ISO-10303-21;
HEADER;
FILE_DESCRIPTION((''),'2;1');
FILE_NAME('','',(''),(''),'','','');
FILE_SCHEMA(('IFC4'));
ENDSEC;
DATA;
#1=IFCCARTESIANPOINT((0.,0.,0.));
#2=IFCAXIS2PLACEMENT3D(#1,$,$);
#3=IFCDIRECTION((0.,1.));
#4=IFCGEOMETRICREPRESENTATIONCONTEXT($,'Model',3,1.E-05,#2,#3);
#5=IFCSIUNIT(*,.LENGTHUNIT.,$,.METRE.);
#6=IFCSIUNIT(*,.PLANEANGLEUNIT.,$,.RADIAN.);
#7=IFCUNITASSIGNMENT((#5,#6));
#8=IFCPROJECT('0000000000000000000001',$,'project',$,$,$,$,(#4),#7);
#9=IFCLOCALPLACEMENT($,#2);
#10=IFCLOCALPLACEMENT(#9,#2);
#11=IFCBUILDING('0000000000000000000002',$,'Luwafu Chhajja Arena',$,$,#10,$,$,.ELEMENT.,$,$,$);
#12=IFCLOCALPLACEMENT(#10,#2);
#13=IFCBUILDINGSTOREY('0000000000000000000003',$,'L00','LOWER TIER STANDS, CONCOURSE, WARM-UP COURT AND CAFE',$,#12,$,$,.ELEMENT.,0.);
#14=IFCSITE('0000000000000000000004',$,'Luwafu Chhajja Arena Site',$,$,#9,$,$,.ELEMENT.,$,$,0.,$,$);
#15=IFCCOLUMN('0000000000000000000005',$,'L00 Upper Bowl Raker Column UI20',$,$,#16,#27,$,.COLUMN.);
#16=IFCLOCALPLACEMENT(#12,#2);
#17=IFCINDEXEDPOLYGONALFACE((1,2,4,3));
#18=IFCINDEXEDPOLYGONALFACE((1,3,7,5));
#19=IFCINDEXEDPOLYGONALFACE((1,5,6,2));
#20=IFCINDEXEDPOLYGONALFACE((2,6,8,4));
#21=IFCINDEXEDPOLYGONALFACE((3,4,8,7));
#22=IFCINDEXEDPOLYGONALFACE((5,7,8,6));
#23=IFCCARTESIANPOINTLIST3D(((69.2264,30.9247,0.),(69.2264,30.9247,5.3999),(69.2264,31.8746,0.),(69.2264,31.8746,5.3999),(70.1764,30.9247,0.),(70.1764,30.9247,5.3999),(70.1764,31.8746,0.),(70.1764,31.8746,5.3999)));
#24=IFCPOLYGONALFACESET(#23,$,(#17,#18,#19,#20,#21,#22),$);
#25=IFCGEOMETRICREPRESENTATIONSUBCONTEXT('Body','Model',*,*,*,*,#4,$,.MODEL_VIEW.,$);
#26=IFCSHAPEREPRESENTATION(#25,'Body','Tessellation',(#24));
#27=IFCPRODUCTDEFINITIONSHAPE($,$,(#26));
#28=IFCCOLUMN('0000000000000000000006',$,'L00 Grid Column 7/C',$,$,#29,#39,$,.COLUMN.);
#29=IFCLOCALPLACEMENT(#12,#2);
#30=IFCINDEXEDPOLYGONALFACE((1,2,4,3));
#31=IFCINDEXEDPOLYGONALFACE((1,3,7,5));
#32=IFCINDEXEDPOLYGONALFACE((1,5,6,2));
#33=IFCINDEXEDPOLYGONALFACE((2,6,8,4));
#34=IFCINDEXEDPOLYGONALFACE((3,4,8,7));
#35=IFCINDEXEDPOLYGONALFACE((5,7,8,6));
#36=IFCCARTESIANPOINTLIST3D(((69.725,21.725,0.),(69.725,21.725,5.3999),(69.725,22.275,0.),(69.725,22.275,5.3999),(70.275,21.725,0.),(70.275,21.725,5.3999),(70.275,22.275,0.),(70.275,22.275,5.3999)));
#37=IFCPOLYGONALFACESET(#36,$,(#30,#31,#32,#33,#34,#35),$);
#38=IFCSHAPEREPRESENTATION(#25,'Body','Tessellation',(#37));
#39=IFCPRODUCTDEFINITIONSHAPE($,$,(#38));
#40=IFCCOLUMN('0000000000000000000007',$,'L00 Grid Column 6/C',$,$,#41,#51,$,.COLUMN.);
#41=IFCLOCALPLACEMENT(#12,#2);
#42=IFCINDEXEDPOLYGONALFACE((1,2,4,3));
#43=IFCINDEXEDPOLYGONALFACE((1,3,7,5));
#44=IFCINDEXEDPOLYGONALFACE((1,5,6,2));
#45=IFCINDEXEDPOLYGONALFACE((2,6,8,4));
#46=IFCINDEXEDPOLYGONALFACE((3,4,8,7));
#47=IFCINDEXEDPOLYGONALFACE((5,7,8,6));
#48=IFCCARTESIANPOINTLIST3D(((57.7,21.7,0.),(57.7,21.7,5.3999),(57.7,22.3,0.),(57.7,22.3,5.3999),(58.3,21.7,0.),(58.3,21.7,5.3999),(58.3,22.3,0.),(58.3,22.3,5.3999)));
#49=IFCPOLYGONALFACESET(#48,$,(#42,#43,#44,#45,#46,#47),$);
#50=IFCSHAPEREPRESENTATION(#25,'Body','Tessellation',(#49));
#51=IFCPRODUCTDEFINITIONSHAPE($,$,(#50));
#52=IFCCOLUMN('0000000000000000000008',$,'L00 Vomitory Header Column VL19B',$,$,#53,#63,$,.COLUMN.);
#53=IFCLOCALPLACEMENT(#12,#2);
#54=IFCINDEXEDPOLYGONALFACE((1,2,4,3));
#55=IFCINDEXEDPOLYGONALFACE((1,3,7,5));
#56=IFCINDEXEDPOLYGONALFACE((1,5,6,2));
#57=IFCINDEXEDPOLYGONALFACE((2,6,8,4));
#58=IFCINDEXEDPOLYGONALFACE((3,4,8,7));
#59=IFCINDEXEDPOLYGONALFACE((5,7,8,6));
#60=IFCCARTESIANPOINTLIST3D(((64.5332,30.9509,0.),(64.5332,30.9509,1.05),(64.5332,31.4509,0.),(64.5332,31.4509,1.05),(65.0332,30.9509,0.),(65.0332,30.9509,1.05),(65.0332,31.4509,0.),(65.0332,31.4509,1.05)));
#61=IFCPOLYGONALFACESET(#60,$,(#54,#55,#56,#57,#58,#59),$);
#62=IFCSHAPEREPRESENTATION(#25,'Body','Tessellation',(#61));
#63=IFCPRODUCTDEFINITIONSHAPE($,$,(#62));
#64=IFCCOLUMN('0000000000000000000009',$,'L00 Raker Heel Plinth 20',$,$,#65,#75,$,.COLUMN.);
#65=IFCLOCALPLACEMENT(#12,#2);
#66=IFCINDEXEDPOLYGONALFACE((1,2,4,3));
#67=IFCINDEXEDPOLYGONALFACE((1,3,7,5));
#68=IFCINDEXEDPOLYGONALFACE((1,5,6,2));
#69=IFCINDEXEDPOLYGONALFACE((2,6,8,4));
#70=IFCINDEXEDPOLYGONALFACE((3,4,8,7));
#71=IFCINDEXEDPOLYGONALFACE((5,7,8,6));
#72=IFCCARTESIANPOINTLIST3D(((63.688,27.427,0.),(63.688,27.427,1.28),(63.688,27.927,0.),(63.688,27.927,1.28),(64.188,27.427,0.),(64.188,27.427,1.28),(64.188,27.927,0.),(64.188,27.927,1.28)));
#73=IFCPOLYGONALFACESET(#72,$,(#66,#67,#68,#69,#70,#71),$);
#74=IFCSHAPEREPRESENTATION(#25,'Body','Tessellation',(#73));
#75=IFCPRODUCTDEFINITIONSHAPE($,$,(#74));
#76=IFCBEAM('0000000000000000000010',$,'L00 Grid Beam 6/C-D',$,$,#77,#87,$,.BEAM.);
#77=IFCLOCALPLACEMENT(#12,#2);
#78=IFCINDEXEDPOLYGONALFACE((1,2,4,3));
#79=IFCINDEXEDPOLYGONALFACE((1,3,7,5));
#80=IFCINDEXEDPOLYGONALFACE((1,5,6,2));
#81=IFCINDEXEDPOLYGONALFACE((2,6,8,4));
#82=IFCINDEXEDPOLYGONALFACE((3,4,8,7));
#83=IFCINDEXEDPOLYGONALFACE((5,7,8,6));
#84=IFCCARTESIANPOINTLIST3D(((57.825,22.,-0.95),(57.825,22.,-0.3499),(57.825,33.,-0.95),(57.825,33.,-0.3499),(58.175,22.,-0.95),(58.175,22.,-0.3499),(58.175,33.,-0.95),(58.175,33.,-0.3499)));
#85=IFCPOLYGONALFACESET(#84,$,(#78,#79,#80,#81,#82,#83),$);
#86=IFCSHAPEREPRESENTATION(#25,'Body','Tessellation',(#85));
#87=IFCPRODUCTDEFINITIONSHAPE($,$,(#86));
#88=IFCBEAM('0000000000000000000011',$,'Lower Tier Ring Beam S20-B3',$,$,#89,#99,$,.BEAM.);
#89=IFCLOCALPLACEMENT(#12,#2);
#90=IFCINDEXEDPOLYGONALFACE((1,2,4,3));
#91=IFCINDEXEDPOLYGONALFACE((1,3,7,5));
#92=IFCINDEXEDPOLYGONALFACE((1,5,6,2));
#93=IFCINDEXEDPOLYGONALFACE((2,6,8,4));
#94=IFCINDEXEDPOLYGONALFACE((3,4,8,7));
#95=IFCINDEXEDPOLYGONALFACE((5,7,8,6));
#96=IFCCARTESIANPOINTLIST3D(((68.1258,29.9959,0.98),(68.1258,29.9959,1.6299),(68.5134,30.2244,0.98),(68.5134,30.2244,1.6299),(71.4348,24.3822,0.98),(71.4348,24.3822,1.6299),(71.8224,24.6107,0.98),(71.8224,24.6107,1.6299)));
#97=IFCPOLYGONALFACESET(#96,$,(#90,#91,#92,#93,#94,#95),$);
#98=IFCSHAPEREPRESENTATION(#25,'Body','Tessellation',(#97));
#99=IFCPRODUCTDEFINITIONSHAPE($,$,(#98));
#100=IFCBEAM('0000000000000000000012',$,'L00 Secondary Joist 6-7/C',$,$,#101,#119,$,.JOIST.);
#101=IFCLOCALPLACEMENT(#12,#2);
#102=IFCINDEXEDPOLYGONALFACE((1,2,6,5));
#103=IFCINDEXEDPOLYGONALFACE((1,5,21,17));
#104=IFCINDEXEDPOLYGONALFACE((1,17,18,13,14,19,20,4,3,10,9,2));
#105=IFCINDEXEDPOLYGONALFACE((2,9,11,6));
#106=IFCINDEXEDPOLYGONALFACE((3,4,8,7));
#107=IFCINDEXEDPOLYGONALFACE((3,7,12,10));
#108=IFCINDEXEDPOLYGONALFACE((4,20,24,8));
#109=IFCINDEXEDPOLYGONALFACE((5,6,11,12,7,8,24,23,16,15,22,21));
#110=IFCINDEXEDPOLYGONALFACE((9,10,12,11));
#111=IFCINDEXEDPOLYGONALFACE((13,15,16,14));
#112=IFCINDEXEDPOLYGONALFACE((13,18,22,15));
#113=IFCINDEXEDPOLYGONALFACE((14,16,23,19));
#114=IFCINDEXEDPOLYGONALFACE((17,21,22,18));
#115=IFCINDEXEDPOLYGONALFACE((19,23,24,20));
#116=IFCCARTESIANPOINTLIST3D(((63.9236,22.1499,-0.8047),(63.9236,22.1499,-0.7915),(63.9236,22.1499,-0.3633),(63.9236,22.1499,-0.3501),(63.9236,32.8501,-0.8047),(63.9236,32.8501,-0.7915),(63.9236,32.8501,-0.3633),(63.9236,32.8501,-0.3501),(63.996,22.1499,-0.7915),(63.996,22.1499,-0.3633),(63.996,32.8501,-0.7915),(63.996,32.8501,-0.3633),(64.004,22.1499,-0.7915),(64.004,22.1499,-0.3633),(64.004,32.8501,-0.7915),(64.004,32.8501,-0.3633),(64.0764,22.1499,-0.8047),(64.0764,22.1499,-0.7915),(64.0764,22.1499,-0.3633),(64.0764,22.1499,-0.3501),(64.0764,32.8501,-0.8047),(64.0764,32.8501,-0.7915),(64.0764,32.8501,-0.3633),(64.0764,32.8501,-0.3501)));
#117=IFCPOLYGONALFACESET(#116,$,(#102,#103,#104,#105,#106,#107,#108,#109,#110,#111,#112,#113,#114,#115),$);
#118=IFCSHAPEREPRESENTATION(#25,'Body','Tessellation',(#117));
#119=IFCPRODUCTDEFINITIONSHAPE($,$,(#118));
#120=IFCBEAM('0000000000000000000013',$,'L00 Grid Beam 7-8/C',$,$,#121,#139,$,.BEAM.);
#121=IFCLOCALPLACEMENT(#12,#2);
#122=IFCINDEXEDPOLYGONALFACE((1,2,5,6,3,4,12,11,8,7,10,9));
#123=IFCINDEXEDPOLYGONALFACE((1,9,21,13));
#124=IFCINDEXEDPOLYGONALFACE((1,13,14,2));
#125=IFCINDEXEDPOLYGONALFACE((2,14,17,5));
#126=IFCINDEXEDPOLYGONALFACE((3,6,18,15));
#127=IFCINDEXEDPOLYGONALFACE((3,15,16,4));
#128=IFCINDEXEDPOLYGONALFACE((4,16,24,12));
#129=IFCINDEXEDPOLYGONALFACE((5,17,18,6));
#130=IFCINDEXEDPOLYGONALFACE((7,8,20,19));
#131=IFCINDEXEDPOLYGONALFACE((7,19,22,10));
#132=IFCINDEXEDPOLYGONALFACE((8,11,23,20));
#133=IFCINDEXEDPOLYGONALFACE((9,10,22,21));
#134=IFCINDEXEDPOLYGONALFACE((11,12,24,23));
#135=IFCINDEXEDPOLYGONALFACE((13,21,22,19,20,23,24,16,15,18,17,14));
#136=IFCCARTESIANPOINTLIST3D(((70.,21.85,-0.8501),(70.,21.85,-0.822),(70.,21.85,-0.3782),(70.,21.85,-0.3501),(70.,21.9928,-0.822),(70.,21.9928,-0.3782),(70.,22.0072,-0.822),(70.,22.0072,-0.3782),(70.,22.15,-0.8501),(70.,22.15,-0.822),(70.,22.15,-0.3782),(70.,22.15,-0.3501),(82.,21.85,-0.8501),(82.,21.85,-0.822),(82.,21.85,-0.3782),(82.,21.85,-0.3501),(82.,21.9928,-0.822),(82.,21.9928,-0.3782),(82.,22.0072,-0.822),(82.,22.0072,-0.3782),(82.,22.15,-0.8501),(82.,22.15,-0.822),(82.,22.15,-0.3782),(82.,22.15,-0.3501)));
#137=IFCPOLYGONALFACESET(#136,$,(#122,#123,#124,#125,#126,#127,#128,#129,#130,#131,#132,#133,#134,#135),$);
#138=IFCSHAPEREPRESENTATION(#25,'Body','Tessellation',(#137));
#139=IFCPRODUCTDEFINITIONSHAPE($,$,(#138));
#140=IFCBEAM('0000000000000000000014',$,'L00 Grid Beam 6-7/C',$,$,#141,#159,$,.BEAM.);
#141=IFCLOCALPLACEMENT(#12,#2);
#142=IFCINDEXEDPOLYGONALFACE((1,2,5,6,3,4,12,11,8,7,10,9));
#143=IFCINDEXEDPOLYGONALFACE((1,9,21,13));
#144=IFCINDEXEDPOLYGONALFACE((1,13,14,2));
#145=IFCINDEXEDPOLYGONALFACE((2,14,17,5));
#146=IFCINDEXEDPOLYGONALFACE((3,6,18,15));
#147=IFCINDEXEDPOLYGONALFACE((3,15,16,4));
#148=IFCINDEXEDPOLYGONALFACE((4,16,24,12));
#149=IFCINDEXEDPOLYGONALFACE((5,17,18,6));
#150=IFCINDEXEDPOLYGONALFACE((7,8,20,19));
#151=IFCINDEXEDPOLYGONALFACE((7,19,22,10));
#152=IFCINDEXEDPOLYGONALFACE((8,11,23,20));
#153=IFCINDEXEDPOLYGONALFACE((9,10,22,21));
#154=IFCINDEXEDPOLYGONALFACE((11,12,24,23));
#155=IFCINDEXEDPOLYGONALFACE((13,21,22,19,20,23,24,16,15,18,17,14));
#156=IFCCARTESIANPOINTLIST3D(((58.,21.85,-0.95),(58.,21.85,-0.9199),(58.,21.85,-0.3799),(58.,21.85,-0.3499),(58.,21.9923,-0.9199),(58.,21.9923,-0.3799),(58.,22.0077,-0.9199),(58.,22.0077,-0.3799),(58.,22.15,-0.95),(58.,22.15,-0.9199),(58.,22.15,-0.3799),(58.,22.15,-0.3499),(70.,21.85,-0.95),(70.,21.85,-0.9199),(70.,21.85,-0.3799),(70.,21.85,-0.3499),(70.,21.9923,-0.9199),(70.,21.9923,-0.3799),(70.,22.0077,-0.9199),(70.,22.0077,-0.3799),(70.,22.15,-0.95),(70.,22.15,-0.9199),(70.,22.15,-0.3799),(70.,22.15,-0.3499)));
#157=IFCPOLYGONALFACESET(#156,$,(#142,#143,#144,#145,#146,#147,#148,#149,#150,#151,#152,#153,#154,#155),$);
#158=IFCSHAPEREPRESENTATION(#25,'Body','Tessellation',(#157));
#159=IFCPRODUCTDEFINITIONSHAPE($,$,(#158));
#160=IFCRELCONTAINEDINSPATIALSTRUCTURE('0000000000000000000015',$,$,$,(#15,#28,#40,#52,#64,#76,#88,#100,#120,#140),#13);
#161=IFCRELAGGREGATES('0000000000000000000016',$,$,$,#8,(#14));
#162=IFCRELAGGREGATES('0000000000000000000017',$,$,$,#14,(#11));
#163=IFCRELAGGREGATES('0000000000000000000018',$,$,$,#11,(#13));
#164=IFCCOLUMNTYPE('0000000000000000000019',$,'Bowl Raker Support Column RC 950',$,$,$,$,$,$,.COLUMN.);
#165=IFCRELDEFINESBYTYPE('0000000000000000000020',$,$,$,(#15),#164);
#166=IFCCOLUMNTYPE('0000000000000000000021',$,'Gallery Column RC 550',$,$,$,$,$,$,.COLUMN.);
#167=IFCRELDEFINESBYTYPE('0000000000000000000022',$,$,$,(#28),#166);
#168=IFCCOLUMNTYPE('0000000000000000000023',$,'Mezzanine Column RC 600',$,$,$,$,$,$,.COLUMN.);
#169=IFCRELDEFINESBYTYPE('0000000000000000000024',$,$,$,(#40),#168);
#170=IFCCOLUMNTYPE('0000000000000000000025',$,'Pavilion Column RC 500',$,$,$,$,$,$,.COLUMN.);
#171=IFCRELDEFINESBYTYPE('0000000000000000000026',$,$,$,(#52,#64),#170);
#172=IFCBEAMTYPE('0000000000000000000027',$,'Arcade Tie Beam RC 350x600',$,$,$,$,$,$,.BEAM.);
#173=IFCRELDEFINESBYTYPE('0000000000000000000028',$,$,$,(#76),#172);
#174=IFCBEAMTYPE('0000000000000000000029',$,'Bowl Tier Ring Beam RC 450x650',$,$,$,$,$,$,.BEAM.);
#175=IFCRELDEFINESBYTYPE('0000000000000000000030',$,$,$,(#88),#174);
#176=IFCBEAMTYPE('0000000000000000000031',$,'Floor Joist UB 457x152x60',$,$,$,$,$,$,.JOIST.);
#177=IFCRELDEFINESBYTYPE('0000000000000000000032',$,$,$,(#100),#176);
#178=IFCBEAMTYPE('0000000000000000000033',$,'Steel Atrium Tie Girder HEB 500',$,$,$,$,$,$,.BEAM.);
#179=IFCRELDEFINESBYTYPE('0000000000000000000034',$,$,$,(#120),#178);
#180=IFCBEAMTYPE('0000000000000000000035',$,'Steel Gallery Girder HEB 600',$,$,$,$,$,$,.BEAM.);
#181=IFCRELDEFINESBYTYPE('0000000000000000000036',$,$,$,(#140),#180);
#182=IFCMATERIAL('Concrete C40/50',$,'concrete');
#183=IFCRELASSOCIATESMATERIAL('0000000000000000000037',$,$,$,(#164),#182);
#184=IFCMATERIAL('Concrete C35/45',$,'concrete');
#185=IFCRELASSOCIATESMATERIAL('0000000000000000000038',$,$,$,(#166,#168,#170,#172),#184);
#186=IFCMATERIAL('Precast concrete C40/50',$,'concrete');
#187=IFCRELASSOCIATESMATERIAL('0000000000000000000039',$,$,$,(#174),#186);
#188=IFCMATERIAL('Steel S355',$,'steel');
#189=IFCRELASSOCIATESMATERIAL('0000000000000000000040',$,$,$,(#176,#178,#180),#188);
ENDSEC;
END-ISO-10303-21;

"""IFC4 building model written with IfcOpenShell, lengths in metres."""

from ifc_helpers import new_model, si_unit, direction, frame, origin, origin_2d, place, context, subcontext, project, spatial, rectangle, i_section, extrude, material, material_profile, profile_set, type_object, element, save


model = new_model("IFC4")

# Units and contexts
model_context = context("Model", 3, precision=1e-05, world=origin(), true_north=direction((0.0, 1.0)))
body_context = subcontext(model_context, "Body", "Model", "MODEL_VIEW")
ifc_project = project(units=[si_unit("LENGTHUNIT", "METRE"), si_unit("PLANEANGLEUNIT", "RADIAN")], contexts=[model_context])

# Site, building, storey
site_placement = place(None, origin())
site = spatial("IfcSite", under=ifc_project, at=site_placement, Name="Luwafu Chhajja Arena Site", CompositionType="ELEMENT", RefElevation=0.0)
building_placement = place(site_placement, origin())
building = spatial("IfcBuilding", under=site, at=building_placement, Name="Luwafu Chhajja Arena", CompositionType="ELEMENT")
storey_placement = place(building_placement, origin())
storey = spatial("IfcBuildingStorey", under=building, at=storey_placement, Name="L00", Description="LOWER TIER STANDS, CONCOURSE, WARM-UP COURT AND CAFE", CompositionType="ELEMENT", Elevation=0.0)

# Columns
ifc_material_1 = material(Name="Concrete C40/50", Category="concrete")
ifc_material_profile_1 = material_profile(ifc_material_1, rectangle(XDim=0.95, YDim=0.95, at=origin_2d()), Name="RC 950x950")
ifc_profile_set_1 = profile_set([ifc_material_profile_1], Name="Concrete C40/50")
column_type_1 = type_object("IfcColumnType", Name="Bowl Raker Support Column RC 950", PredefinedType="COLUMN", material=ifc_profile_set_1)
column_1_placement = place(storey_placement, frame((69.7014, 31.3997, 0.0), z_axis=(0.0, 0.0, 1.0), x_axis=(1.0, 0.0, 0.0)))
element("IfcColumn", 1, at=column_1_placement, inside=storey, type_object=column_type_1, Name="L00 Upper Bowl Raker Column UI20", PredefinedType="COLUMN", context=body_context, shape_type="SweptSolid", body=[
    extrude(rectangle(XDim=0.95, YDim=0.95, at=origin_2d()), origin(), (0.0, 0.0, 1.0), 5.3999),
])
ifc_material_2 = material(Name="Concrete C35/45", Category="concrete")
ifc_material_profile_2 = material_profile(ifc_material_2, rectangle(XDim=0.55, YDim=0.55, at=origin_2d()), Name="RC 550x550")
ifc_profile_set_2 = profile_set([ifc_material_profile_2], Name="Concrete C35/45")
column_type_2 = type_object("IfcColumnType", Name="Gallery Column RC 550", PredefinedType="COLUMN", material=ifc_profile_set_2)
column_2_placement = place(storey_placement, frame((70.0, 22.0, 0.0), z_axis=(0.0, 0.0, 1.0), x_axis=(1.0, 0.0, 0.0)))
element("IfcColumn", 2, at=column_2_placement, inside=storey, type_object=column_type_2, Name="L00 Grid Column 7/C", PredefinedType="COLUMN", context=body_context, shape_type="SweptSolid", body=[
    extrude(rectangle(XDim=0.55, YDim=0.55, at=origin_2d()), origin(), (0.0, 0.0, 1.0), 5.3999),
])
ifc_material_profile_3 = material_profile(ifc_material_2, rectangle(XDim=0.6001, YDim=0.6001, at=origin_2d()), Name="RC 600x600")
ifc_profile_set_3 = profile_set([ifc_material_profile_3], Name="Concrete C35/45")
column_type_3 = type_object("IfcColumnType", Name="Mezzanine Column RC 600", PredefinedType="COLUMN", material=ifc_profile_set_3)
column_3_placement = place(storey_placement, frame((58.0, 22.0, 0.0), z_axis=(0.0, 0.0, 1.0), x_axis=(1.0, 0.0, 0.0)))
element("IfcColumn", 3, at=column_3_placement, inside=storey, type_object=column_type_3, Name="L00 Grid Column 6/C", PredefinedType="COLUMN", context=body_context, shape_type="SweptSolid", body=[
    extrude(rectangle(XDim=0.6001, YDim=0.6001, at=origin_2d()), origin(), (0.0, 0.0, 1.0), 5.3999),
])
ifc_material_profile_4 = material_profile(ifc_material_2, rectangle(XDim=0.5, YDim=0.5, at=origin_2d()), Name="RC 500x500")
ifc_profile_set_4 = profile_set([ifc_material_profile_4], Name="Concrete C35/45")
column_type_4 = type_object("IfcColumnType", Name="Pavilion Column RC 500", PredefinedType="COLUMN", material=ifc_profile_set_4)
column_4_placement = place(storey_placement, frame((64.7832, 31.2009, 0.0), z_axis=(0.0, 0.0, 1.0), x_axis=(1.0, 0.0, 0.0)))
element("IfcColumn", 4, at=column_4_placement, inside=storey, type_object=column_type_4, Name="L00 Vomitory Header Column VL19B", PredefinedType="COLUMN", context=body_context, shape_type="SweptSolid", body=[
    extrude(rectangle(XDim=0.5, YDim=0.5, at=origin_2d()), origin(), (0.0, 0.0, 1.0), 1.05),
])
column_5_placement = place(storey_placement, frame((63.938, 27.677, 0.0), z_axis=(0.0, 0.0, 1.0), x_axis=(1.0, 0.0, 0.0)))
element("IfcColumn", 5, at=column_5_placement, inside=storey, type_object=column_type_4, Name="L00 Raker Heel Plinth 20", PredefinedType="COLUMN", context=body_context, shape_type="SweptSolid", body=[
    extrude(rectangle(XDim=0.5, YDim=0.5, at=origin_2d()), origin(), (0.0, 0.0, 1.0), 1.28),
])

# Beams
ifc_material_profile_5 = material_profile(ifc_material_2, rectangle(XDim=0.3501, YDim=0.6001, at=origin_2d()), Name="RC 350x600")
ifc_profile_set_5 = profile_set([ifc_material_profile_5], Name="Concrete C35/45")
beam_type_1 = type_object("IfcBeamType", Name="Arcade Tie Beam RC 350x600", PredefinedType="BEAM", material=ifc_profile_set_5)
beam_1_placement = place(storey_placement, frame((58.0, 22.0, -0.6499), z_axis=(0.0, 1.0, 0.0), x_axis=(-1.0, 0.0, 0.0)))
element("IfcBeam", 6, at=beam_1_placement, inside=storey, type_object=beam_type_1, Name="L00 Grid Beam 6/C-D", PredefinedType="BEAM", context=body_context, shape_type="SweptSolid", body=[
    extrude(rectangle(XDim=0.3501, YDim=0.6001, at=origin_2d()), origin(), (0.0, 0.0, 1.0), 11.0),
])
ifc_material_3 = material(Name="Precast concrete C40/50", Category="concrete")
ifc_material_profile_6 = material_profile(ifc_material_3, rectangle(XDim=0.45, YDim=0.6499, at=origin_2d()), Name="RC 450x650")
ifc_profile_set_6 = profile_set([ifc_material_profile_6], Name="Precast concrete C40/50")
beam_type_2 = type_object("IfcBeamType", Name="Bowl Tier Ring Beam RC 450x650", PredefinedType="BEAM", material=ifc_profile_set_6)
beam_2_placement = place(storey_placement, frame((68.3196, 30.1101, 1.3049), z_axis=(0.507803, -0.861473, 0.0), x_axis=(0.861473, 0.507803, 0.0)))
element("IfcBeam", 7, at=beam_2_placement, inside=storey, type_object=beam_type_2, Name="Lower Tier Ring Beam S20-B3", PredefinedType="BEAM", context=body_context, shape_type="SweptSolid", body=[
    extrude(rectangle(XDim=0.45, YDim=0.6499, at=origin_2d()), origin(), (0.0, 0.0, 1.0), 6.5164),
])
ifc_material_4 = material(Name="Steel S355", Category="steel")
ifc_material_profile_7 = material_profile(ifc_material_4, i_section(OverallWidth=0.1528, OverallDepth=0.4546, WebThickness=0.0081, FlangeThickness=0.0132, at=origin_2d()), Name="UB 457x152x60")
ifc_profile_set_7 = profile_set([ifc_material_profile_7], Name="Steel S355")
beam_type_3 = type_object("IfcBeamType", Name="Floor Joist UB 457x152x60", PredefinedType="JOIST", material=ifc_profile_set_7)
beam_3_placement = place(storey_placement, frame((64.0, 22.1499, -0.5774), z_axis=(0.0, 1.0, 0.0), x_axis=(-1.0, 0.0, 0.0)))
element("IfcBeam", 8, at=beam_3_placement, inside=storey, type_object=beam_type_3, Name="L00 Secondary Joist 6-7/C", PredefinedType="JOIST", context=body_context, shape_type="SweptSolid", body=[
    extrude(i_section(OverallWidth=0.1528, OverallDepth=0.4546, WebThickness=0.0081, FlangeThickness=0.0132, at=origin_2d()), origin(), (0.0, 0.0, 1.0), 10.7002),
])
ifc_material_profile_8 = material_profile(ifc_material_4, i_section(OverallWidth=0.3, OverallDepth=0.5, WebThickness=0.0144, FlangeThickness=0.0281, at=origin_2d()), Name="HEB 500")
ifc_profile_set_8 = profile_set([ifc_material_profile_8], Name="Steel S355")
beam_type_4 = type_object("IfcBeamType", Name="Steel Atrium Tie Girder HEB 500", PredefinedType="BEAM", material=ifc_profile_set_8)
beam_4_placement = place(storey_placement, frame((70.0, 22.0, -0.6001), z_axis=(1.0, 0.0, 0.0), x_axis=(0.0, 1.0, 0.0)))
element("IfcBeam", 9, at=beam_4_placement, inside=storey, type_object=beam_type_4, Name="L00 Grid Beam 7-8/C", PredefinedType="BEAM", context=body_context, shape_type="SweptSolid", body=[
    extrude(i_section(OverallWidth=0.3, OverallDepth=0.5, WebThickness=0.0144, FlangeThickness=0.0281, at=origin_2d()), origin(), (0.0, 0.0, 1.0), 12.0),
])
ifc_material_profile_9 = material_profile(ifc_material_4, i_section(OverallWidth=0.3, OverallDepth=0.6001, WebThickness=0.0154, FlangeThickness=0.03, at=origin_2d()), Name="HEB 600")
ifc_profile_set_9 = profile_set([ifc_material_profile_9], Name="Steel S355")
beam_type_5 = type_object("IfcBeamType", Name="Steel Gallery Girder HEB 600", PredefinedType="BEAM", material=ifc_profile_set_9)
beam_5_placement = place(storey_placement, frame((58.0, 22.0, -0.6499), z_axis=(1.0, 0.0, 0.0), x_axis=(0.0, 1.0, 0.0)))
element("IfcBeam", 10, at=beam_5_placement, inside=storey, type_object=beam_type_5, Name="L00 Grid Beam 6-7/C", PredefinedType="BEAM", context=body_context, shape_type="SweptSolid", body=[
    extrude(i_section(OverallWidth=0.3, OverallDepth=0.6001, WebThickness=0.0154, FlangeThickness=0.03, at=origin_2d()), origin(), (0.0, 0.0, 1.0), 12.0),
])

save(model, "model.ifc")
